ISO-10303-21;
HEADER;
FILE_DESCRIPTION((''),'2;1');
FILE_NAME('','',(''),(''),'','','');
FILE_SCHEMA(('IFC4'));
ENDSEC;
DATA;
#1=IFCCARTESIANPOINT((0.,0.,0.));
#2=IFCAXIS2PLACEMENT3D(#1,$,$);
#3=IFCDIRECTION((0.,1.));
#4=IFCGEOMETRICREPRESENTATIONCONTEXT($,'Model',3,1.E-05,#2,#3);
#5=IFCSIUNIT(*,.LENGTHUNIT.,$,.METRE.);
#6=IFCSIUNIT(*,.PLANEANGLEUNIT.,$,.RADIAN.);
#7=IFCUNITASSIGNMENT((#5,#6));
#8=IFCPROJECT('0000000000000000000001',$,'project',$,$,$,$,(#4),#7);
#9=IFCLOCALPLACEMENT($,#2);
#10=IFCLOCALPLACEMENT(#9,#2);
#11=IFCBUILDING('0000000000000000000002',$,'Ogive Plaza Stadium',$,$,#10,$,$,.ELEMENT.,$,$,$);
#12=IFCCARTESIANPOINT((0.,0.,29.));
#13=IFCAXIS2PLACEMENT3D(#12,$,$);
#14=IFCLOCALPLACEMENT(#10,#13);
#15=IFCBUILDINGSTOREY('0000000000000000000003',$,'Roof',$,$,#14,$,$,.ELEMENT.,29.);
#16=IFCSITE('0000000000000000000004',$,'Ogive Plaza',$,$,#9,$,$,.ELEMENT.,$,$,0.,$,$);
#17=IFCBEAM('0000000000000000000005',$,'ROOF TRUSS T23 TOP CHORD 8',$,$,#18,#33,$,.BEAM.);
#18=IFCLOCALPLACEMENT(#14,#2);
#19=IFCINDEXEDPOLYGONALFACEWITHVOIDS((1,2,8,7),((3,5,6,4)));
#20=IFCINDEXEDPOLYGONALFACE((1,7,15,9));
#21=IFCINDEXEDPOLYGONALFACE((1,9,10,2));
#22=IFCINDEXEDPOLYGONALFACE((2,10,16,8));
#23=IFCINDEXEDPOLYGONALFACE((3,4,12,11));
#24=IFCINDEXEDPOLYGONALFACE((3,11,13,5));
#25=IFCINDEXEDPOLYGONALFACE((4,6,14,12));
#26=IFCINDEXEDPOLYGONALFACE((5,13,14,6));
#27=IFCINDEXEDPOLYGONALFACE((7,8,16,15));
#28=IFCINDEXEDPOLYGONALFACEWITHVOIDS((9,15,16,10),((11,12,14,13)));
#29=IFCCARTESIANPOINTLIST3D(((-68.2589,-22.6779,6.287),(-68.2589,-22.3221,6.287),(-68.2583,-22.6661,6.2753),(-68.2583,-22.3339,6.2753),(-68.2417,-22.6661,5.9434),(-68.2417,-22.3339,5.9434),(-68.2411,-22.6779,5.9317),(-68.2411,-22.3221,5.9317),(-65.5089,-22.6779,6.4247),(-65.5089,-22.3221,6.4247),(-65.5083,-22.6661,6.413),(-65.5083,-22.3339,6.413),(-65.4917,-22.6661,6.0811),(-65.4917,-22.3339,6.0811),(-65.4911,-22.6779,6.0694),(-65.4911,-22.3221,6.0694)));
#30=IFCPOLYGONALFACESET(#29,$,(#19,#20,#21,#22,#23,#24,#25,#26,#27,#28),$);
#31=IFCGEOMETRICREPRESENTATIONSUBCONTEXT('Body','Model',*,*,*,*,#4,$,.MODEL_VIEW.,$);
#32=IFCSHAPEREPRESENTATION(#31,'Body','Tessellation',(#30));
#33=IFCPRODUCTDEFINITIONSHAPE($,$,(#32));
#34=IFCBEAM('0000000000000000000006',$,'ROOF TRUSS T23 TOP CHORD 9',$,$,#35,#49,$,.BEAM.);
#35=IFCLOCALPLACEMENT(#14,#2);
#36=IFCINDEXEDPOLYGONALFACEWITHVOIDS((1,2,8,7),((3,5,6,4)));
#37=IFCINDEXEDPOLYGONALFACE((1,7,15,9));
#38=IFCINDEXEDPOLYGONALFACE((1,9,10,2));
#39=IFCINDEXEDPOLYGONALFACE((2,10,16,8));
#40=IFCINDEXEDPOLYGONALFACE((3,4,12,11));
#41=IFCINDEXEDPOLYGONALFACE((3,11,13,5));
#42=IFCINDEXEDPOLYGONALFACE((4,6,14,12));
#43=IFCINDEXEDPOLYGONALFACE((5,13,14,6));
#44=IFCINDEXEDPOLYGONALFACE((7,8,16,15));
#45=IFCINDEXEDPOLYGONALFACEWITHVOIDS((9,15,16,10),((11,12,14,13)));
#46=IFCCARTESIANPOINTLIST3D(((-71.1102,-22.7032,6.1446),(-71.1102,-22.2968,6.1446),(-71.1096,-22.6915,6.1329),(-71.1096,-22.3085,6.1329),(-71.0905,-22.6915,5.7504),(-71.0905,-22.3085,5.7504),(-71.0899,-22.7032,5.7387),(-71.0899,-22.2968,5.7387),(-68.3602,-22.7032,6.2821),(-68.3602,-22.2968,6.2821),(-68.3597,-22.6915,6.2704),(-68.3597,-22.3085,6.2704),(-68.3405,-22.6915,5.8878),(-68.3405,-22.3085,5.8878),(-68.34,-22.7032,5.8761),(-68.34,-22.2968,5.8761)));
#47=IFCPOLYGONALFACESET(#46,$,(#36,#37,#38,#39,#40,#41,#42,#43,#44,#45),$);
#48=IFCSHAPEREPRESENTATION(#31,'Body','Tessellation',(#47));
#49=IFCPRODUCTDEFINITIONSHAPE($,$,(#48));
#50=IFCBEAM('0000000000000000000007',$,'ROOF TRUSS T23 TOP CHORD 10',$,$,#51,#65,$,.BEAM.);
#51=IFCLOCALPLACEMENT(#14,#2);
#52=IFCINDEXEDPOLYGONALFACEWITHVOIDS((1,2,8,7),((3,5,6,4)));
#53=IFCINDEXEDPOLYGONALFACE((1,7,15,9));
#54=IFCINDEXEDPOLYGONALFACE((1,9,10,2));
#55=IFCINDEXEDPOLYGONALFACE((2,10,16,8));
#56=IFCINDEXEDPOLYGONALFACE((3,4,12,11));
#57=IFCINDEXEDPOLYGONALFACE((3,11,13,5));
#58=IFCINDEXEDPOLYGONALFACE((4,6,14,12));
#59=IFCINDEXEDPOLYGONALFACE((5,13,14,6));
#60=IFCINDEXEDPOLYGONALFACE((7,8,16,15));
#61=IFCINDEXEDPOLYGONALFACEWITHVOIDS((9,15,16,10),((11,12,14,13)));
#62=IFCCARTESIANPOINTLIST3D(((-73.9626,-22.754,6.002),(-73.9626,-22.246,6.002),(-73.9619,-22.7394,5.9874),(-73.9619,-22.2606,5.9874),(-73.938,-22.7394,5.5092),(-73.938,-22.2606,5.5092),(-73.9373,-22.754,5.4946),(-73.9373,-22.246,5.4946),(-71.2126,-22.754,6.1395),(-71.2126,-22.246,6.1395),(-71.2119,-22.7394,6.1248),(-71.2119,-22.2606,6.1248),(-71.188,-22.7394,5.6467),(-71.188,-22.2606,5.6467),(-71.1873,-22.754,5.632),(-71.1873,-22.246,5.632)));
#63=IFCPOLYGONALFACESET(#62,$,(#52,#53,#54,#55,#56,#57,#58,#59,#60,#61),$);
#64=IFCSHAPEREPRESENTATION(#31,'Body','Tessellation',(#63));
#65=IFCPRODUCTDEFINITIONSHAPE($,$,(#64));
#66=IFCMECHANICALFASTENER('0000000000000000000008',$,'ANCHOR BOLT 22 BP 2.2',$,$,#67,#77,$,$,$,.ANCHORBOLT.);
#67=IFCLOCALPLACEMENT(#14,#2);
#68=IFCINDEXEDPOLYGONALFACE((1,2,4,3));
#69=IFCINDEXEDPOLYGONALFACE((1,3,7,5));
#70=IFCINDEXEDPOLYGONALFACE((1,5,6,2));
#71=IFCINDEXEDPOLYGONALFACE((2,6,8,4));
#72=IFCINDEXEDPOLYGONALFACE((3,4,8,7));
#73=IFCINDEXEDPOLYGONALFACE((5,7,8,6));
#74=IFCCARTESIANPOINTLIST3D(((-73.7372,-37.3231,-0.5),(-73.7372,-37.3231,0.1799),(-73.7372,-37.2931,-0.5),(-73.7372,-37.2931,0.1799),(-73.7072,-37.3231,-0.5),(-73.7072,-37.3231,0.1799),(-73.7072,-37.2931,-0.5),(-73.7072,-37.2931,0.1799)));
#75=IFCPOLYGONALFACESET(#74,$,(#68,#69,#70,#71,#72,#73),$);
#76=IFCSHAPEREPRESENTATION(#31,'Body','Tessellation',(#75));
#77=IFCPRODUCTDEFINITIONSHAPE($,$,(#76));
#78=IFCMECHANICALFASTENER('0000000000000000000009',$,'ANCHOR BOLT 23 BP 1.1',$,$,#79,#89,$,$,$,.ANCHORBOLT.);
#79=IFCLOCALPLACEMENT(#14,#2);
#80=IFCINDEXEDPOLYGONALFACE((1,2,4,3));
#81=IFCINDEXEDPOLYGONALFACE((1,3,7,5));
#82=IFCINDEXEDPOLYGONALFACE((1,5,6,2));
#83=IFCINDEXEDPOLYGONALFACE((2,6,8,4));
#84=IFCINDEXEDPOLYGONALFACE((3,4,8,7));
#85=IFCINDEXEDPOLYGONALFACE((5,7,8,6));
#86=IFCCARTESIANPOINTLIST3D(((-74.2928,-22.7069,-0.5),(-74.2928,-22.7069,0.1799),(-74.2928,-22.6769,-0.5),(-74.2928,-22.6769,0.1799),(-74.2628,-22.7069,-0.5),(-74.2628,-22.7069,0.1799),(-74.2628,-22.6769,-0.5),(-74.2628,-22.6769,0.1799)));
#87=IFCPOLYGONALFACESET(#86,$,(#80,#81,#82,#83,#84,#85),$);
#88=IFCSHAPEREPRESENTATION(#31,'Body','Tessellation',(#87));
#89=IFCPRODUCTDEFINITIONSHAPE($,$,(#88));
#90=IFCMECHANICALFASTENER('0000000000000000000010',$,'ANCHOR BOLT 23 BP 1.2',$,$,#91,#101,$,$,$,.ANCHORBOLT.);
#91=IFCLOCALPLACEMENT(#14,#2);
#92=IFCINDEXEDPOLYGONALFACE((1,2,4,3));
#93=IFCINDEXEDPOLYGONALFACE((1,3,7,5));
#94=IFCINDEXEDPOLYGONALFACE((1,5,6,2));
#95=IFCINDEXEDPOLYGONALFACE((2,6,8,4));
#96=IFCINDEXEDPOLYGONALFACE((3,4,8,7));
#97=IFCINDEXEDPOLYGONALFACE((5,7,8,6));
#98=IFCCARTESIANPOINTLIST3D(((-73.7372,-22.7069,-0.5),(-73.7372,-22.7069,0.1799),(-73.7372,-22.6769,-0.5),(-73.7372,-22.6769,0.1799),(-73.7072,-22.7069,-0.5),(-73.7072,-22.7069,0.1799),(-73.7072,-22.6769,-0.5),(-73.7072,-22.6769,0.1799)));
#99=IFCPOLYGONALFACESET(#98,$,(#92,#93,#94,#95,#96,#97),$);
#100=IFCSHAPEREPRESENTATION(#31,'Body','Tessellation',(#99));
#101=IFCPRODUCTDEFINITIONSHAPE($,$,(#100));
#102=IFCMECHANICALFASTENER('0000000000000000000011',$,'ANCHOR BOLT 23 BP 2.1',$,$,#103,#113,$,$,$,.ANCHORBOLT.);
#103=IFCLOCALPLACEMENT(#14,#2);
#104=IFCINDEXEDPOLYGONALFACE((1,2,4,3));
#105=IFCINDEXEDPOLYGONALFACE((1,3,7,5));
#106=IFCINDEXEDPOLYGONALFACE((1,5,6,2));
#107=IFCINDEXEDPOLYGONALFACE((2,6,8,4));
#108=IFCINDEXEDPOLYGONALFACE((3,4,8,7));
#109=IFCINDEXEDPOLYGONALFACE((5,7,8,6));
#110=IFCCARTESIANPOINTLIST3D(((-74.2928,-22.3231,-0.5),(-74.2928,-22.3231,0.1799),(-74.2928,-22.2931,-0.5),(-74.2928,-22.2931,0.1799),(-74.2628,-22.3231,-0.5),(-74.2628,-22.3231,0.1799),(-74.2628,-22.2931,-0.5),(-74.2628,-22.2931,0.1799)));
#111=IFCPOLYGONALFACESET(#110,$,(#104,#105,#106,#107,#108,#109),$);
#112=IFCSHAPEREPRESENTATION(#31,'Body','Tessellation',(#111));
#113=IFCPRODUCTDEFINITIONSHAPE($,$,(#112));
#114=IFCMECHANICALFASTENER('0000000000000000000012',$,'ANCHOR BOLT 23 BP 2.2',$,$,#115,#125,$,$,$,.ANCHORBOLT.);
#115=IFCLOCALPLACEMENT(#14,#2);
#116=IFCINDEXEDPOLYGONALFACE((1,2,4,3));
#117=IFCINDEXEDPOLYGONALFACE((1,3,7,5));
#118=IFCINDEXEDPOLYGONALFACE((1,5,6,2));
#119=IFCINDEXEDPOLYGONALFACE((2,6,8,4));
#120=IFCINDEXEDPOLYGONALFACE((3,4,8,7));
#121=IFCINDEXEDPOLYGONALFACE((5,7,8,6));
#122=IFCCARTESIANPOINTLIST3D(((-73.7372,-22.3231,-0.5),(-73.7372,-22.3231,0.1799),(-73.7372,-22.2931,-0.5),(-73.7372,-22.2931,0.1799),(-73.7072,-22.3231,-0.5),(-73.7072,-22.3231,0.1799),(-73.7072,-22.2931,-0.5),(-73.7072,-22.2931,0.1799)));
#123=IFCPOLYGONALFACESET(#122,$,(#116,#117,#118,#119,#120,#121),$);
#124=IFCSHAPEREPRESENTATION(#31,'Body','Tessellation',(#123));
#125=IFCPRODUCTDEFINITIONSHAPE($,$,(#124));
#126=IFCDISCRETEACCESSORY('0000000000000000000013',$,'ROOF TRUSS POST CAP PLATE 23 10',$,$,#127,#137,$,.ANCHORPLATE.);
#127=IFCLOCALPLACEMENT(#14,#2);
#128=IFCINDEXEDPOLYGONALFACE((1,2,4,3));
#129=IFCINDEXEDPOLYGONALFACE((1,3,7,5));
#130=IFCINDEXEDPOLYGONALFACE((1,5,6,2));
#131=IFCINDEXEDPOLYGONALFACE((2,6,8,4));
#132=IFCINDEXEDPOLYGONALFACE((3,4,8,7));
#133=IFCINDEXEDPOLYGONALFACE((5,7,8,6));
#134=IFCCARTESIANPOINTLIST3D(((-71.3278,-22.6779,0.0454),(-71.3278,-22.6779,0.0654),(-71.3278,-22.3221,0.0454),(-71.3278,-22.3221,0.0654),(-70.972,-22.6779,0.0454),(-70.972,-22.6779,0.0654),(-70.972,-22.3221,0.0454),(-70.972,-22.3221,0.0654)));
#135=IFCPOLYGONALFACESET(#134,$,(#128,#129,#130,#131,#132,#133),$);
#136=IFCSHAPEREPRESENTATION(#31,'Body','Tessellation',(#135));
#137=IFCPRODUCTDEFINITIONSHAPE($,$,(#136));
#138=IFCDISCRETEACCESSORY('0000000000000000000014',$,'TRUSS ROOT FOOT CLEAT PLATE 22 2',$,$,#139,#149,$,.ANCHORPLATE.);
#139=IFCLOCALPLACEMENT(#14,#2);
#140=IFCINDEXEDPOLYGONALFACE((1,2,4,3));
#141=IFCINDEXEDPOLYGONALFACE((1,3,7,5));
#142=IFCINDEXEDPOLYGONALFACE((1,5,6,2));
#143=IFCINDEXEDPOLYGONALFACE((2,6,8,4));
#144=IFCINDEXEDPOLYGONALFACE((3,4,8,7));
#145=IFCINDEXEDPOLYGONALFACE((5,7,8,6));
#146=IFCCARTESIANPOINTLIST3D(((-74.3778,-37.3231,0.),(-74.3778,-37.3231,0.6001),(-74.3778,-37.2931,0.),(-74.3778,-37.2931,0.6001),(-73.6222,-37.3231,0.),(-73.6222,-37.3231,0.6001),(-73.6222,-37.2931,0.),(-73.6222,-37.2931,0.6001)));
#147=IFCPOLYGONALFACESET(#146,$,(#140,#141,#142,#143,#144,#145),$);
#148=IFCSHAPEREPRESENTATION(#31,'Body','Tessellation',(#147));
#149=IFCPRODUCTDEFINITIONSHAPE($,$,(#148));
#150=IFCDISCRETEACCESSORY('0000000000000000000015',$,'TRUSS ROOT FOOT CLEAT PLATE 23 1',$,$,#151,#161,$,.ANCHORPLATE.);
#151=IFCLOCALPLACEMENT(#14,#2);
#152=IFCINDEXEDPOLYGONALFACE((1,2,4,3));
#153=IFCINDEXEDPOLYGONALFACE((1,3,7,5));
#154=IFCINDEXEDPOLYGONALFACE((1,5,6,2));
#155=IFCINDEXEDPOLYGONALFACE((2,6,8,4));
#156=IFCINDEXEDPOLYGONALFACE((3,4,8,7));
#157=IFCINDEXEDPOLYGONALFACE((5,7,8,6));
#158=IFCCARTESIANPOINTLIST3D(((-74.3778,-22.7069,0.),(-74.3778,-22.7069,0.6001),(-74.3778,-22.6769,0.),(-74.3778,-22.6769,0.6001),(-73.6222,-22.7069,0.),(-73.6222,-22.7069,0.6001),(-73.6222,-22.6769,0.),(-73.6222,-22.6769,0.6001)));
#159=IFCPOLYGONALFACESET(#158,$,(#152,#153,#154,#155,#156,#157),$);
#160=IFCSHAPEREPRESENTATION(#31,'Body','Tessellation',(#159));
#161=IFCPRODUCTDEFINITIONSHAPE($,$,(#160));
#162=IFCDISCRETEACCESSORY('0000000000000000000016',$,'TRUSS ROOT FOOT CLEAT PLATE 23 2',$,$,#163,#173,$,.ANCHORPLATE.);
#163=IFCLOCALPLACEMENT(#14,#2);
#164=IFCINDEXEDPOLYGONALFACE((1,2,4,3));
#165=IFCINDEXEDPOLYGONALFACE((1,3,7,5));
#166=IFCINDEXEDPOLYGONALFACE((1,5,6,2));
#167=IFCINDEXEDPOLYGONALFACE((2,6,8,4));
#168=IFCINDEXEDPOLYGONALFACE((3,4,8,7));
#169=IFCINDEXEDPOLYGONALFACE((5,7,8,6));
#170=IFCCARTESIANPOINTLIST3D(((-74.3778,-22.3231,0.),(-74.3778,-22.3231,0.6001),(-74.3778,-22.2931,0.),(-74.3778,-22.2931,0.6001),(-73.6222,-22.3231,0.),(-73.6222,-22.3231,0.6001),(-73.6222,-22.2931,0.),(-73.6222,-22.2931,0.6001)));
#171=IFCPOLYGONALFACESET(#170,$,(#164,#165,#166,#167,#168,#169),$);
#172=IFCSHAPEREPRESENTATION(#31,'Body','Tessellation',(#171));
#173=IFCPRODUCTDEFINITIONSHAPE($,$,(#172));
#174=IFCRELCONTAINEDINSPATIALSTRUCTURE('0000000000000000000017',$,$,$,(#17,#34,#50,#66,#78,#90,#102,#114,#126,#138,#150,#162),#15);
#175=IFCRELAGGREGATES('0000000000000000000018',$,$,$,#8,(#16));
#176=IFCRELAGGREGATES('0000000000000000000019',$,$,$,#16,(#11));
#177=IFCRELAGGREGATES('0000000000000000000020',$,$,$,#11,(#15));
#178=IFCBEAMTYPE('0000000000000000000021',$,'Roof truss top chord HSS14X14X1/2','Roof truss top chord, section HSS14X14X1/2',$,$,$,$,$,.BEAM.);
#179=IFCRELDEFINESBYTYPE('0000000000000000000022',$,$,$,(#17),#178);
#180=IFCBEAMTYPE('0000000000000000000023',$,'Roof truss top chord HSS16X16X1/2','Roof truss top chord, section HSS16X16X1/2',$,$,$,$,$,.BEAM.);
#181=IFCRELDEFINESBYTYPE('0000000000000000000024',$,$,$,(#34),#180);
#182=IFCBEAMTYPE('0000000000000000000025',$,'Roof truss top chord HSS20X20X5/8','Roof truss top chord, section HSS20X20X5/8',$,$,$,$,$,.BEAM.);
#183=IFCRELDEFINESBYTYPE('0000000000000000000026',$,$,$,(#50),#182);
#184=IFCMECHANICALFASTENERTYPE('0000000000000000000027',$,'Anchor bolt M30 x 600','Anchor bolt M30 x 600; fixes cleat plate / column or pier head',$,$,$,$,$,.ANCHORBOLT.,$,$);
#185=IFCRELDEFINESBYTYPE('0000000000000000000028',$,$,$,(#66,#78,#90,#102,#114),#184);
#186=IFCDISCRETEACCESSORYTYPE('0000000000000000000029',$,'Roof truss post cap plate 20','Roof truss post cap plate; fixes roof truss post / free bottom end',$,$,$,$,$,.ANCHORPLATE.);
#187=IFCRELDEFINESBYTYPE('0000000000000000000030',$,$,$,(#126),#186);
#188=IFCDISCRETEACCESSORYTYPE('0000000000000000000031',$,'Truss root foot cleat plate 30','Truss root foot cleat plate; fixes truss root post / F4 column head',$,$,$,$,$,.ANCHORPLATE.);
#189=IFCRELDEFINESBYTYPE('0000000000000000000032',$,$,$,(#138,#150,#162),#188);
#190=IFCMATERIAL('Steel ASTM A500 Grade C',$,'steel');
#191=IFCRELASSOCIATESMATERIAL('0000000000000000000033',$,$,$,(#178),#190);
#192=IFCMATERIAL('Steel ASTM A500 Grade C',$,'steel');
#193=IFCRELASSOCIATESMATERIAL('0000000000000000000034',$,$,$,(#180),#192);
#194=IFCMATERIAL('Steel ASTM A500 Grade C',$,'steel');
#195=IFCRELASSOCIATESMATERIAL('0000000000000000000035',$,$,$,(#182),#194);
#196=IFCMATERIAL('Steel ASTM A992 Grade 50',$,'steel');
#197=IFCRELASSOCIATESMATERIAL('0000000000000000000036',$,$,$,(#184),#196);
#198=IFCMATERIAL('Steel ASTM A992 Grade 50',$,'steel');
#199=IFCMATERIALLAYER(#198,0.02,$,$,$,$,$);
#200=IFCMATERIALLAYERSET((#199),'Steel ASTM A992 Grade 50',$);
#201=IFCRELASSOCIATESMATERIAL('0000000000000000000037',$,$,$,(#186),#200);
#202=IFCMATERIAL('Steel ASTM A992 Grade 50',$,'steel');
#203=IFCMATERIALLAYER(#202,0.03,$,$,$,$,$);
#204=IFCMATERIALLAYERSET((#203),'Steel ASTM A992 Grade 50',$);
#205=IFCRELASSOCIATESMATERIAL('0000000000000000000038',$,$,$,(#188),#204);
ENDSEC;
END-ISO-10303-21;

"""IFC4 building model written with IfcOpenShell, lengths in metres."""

from ifc_helpers import new_model, si_unit, direction, frame, origin, origin_2d, place, context, subcontext, project, spatial, rectangle, hollow_rectangle, extrude, material, layer, layer_set, material_profile, profile_set, type_object, element, save


model = new_model("IFC4")

# Units and contexts
model_context = context("Model", 3, precision=1e-05, world=origin(), true_north=direction((0.0, 1.0)))
body_context = subcontext(model_context, "Body", "Model", "MODEL_VIEW")
ifc_project = project(units=[si_unit("LENGTHUNIT", "METRE"), si_unit("PLANEANGLEUNIT", "RADIAN")], contexts=[model_context])

# Site, building, storey
site_placement = place(None, origin())
site = spatial("IfcSite", under=ifc_project, at=site_placement, Name="Ogive Plaza", CompositionType="ELEMENT", RefElevation=0.0)
building_placement = place(site_placement, origin())
building = spatial("IfcBuilding", under=site, at=building_placement, Name="Ogive Plaza Stadium", CompositionType="ELEMENT")
storey_placement = place(building_placement, frame((0.0, 0.0, 29.0)))
storey = spatial("IfcBuildingStorey", under=building, at=storey_placement, Name="Roof", CompositionType="ELEMENT", Elevation=29.0)

# Beams
ifc_material_1 = material(Name="Steel ASTM A500 Grade C", Category="steel")
ifc_material_profile_1 = material_profile(ifc_material_1, hollow_rectangle(XDim=0.3557, YDim=0.3557, WallThickness=0.0117, at=origin_2d()), Name="HSS14X14X1/2")
ifc_profile_set_1 = profile_set([ifc_material_profile_1], Name="Steel ASTM A500 Grade C")
beam_type_1 = type_object("IfcBeamType", Name="Roof truss top chord HSS14X14X1/2", Description="Roof truss top chord, section HSS14X14X1/2", PredefinedType="BEAM", material=ifc_profile_set_1)
beam_1_placement = place(storey_placement, frame((-65.5, -22.5, 6.2471), z_axis=(-0.998749, 0.0, -0.050008), x_axis=(0.0, -1.0, 0.0)))
element("IfcBeam", 1, at=beam_1_placement, inside=storey, type_object=beam_type_1, Name="ROOF TRUSS T23 TOP CHORD 8", PredefinedType="BEAM", context=body_context, shape_type="SweptSolid", body=[
    extrude(hollow_rectangle(XDim=0.3557, YDim=0.3557, WallThickness=0.0117, at=origin_2d()), origin(), (0.0, 0.0, 1.0), 2.7534),
])
ifc_material_2 = material(Name="Steel ASTM A500 Grade C", Category="steel")
ifc_material_profile_2 = material_profile(ifc_material_2, hollow_rectangle(XDim=0.4065, YDim=0.4065, WallThickness=0.0117, at=origin_2d()), Name="HSS16X16X1/2")
ifc_profile_set_2 = profile_set([ifc_material_profile_2], Name="Steel ASTM A500 Grade C")
beam_type_2 = type_object("IfcBeamType", Name="Roof truss top chord HSS16X16X1/2", Description="Roof truss top chord, section HSS16X16X1/2", PredefinedType="BEAM", material=ifc_profile_set_2)
beam_2_placement = place(storey_placement, frame((-68.3501, -22.5, 6.0791), z_axis=(-0.998753, 0.0, -0.04992), x_axis=(0.0, -1.0, 0.0)))
element("IfcBeam", 2, at=beam_2_placement, inside=storey, type_object=beam_type_2, Name="ROOF TRUSS T23 TOP CHORD 9", PredefinedType="BEAM", context=body_context, shape_type="SweptSolid", body=[
    extrude(hollow_rectangle(XDim=0.4065, YDim=0.4065, WallThickness=0.0117, at=origin_2d()), origin(), (0.0, 0.0, 1.0), 2.7534),
])
ifc_material_3 = material(Name="Steel ASTM A500 Grade C", Category="steel")
ifc_material_profile_3 = material_profile(ifc_material_3, hollow_rectangle(XDim=0.5081, YDim=0.5081, WallThickness=0.0146, at=origin_2d()), Name="HSS20X20X5/8")
ifc_profile_set_3 = profile_set([ifc_material_profile_3], Name="Steel ASTM A500 Grade C")
beam_type_3 = type_object("IfcBeamType", Name="Roof truss top chord HSS20X20X5/8", Description="Roof truss top chord, section HSS20X20X5/8", PredefinedType="BEAM", material=ifc_profile_set_3)
beam_3_placement = place(storey_placement, frame((-71.2, -22.5, 5.8857), z_axis=(-0.998753, 0.0, -0.04992), x_axis=(0.0, -1.0, 0.0)))
element("IfcBeam", 3, at=beam_3_placement, inside=storey, type_object=beam_type_3, Name="ROOF TRUSS T23 TOP CHORD 10", PredefinedType="BEAM", context=body_context, shape_type="SweptSolid", body=[
    extrude(hollow_rectangle(XDim=0.5081, YDim=0.5081, WallThickness=0.0146, at=origin_2d()), origin(), (0.0, 0.0, 1.0), 2.7534),
])

# Mechanical fasteners
ifc_material_4 = material(Name="Steel ASTM A992 Grade 50", Category="steel")
mechanical_fastener_type = type_object("IfcMechanicalFastenerType", Name="Anchor bolt M30 x 600", Description="Anchor bolt M30 x 600; fixes cleat plate / column or pier head", PredefinedType="ANCHORBOLT", material=ifc_material_4)
for number, where, z_axis, x_axis, name in (
    (4, (-73.7222, -37.3081, -0.5), (0.0, 0.0, 1.0), (-1.0, 0.0, 0.0), "ANCHOR BOLT 22 BP 2.2"),
    (5, (-74.2778, -22.6919, -0.5), (0.0, 0.0, 1.0), (-1.0, 0.0, 0.0), "ANCHOR BOLT 23 BP 1.1"),
    (6, (-73.7222, -22.6919, -0.5), (0.0, 0.0, 1.0), (-1.0, 0.0, 0.0), "ANCHOR BOLT 23 BP 1.2"),
    (7, (-74.2778, -22.3081, -0.5), (0.0, 0.0, 1.0), (-1.0, 0.0, 0.0), "ANCHOR BOLT 23 BP 2.1"),
    (8, (-73.7222, -22.3081, -0.5), (0.0, 0.0, 1.0), (-1.0, 0.0, 0.0), "ANCHOR BOLT 23 BP 2.2"),
):
    element("IfcMechanicalFastener", number, at=place(storey_placement, frame(where, z_axis=z_axis, x_axis=x_axis)), inside=storey, type_object=mechanical_fastener_type, Name=name, PredefinedType="ANCHORBOLT", context=body_context, shape_type="SweptSolid", body=[
        extrude(rectangle(XDim=0.03, YDim=0.03, at=origin_2d()), origin(), (0.0, 0.0, 1.0), 0.6799),
    ])

# Discrete accessories
ifc_material_5 = material(Name="Steel ASTM A992 Grade 50", Category="steel")
ifc_layer_1 = layer(ifc_material_5, 0.02)
ifc_layer_set_1 = layer_set([ifc_layer_1], Name="Steel ASTM A992 Grade 50")
discrete_accessory_type_1 = type_object("IfcDiscreteAccessoryType", Name="Roof truss post cap plate 20", Description="Roof truss post cap plate; fixes roof truss post / free bottom end", PredefinedType="ANCHORPLATE", material=ifc_layer_set_1)
discrete_accessory_placement = place(storey_placement, frame((-71.1499, -22.5, 0.0454), z_axis=(0.0, 0.0, 1.0), x_axis=(-1.0, 0.0, 0.0)))
element("IfcDiscreteAccessory", 9, at=discrete_accessory_placement, inside=storey, type_object=discrete_accessory_type_1, Name="ROOF TRUSS POST CAP PLATE 23 10", PredefinedType="ANCHORPLATE", context=body_context, shape_type="SweptSolid", body=[
    extrude(rectangle(XDim=0.3557, YDim=0.3557, at=origin_2d()), origin(), (0.0, 0.0, 1.0), 0.02),
])
ifc_material_6 = material(Name="Steel ASTM A992 Grade 50", Category="steel")
ifc_layer_2 = layer(ifc_material_6, 0.03)
ifc_layer_set_2 = layer_set([ifc_layer_2], Name="Steel ASTM A992 Grade 50")
discrete_accessory_type_2 = type_object("IfcDiscreteAccessoryType", Name="Truss root foot cleat plate 30", Description="Truss root foot cleat plate; fixes truss root post / F4 column head", PredefinedType="ANCHORPLATE", material=ifc_layer_set_2)
for number, where, z_axis, x_axis, name in (
    (10, (-74.0, -37.3081, 0.0), (0.0, 0.0, 1.0), (-1.0, 0.0, 0.0), "TRUSS ROOT FOOT CLEAT PLATE 22 2"),
    (11, (-74.0, -22.6919, 0.0), (0.0, 0.0, 1.0), (-1.0, 0.0, 0.0), "TRUSS ROOT FOOT CLEAT PLATE 23 1"),
    (12, (-74.0, -22.3081, 0.0), (0.0, 0.0, 1.0), (-1.0, 0.0, 0.0), "TRUSS ROOT FOOT CLEAT PLATE 23 2"),
):
    element("IfcDiscreteAccessory", number, at=place(storey_placement, frame(where, z_axis=z_axis, x_axis=x_axis)), inside=storey, type_object=discrete_accessory_type_2, Name=name, PredefinedType="ANCHORPLATE", context=body_context, shape_type="SweptSolid", body=[
        extrude(rectangle(XDim=0.7556, YDim=0.03, at=origin_2d()), origin(), (0.0, 0.0, 1.0), 0.6001),
    ])

save(model, "model.ifc")
